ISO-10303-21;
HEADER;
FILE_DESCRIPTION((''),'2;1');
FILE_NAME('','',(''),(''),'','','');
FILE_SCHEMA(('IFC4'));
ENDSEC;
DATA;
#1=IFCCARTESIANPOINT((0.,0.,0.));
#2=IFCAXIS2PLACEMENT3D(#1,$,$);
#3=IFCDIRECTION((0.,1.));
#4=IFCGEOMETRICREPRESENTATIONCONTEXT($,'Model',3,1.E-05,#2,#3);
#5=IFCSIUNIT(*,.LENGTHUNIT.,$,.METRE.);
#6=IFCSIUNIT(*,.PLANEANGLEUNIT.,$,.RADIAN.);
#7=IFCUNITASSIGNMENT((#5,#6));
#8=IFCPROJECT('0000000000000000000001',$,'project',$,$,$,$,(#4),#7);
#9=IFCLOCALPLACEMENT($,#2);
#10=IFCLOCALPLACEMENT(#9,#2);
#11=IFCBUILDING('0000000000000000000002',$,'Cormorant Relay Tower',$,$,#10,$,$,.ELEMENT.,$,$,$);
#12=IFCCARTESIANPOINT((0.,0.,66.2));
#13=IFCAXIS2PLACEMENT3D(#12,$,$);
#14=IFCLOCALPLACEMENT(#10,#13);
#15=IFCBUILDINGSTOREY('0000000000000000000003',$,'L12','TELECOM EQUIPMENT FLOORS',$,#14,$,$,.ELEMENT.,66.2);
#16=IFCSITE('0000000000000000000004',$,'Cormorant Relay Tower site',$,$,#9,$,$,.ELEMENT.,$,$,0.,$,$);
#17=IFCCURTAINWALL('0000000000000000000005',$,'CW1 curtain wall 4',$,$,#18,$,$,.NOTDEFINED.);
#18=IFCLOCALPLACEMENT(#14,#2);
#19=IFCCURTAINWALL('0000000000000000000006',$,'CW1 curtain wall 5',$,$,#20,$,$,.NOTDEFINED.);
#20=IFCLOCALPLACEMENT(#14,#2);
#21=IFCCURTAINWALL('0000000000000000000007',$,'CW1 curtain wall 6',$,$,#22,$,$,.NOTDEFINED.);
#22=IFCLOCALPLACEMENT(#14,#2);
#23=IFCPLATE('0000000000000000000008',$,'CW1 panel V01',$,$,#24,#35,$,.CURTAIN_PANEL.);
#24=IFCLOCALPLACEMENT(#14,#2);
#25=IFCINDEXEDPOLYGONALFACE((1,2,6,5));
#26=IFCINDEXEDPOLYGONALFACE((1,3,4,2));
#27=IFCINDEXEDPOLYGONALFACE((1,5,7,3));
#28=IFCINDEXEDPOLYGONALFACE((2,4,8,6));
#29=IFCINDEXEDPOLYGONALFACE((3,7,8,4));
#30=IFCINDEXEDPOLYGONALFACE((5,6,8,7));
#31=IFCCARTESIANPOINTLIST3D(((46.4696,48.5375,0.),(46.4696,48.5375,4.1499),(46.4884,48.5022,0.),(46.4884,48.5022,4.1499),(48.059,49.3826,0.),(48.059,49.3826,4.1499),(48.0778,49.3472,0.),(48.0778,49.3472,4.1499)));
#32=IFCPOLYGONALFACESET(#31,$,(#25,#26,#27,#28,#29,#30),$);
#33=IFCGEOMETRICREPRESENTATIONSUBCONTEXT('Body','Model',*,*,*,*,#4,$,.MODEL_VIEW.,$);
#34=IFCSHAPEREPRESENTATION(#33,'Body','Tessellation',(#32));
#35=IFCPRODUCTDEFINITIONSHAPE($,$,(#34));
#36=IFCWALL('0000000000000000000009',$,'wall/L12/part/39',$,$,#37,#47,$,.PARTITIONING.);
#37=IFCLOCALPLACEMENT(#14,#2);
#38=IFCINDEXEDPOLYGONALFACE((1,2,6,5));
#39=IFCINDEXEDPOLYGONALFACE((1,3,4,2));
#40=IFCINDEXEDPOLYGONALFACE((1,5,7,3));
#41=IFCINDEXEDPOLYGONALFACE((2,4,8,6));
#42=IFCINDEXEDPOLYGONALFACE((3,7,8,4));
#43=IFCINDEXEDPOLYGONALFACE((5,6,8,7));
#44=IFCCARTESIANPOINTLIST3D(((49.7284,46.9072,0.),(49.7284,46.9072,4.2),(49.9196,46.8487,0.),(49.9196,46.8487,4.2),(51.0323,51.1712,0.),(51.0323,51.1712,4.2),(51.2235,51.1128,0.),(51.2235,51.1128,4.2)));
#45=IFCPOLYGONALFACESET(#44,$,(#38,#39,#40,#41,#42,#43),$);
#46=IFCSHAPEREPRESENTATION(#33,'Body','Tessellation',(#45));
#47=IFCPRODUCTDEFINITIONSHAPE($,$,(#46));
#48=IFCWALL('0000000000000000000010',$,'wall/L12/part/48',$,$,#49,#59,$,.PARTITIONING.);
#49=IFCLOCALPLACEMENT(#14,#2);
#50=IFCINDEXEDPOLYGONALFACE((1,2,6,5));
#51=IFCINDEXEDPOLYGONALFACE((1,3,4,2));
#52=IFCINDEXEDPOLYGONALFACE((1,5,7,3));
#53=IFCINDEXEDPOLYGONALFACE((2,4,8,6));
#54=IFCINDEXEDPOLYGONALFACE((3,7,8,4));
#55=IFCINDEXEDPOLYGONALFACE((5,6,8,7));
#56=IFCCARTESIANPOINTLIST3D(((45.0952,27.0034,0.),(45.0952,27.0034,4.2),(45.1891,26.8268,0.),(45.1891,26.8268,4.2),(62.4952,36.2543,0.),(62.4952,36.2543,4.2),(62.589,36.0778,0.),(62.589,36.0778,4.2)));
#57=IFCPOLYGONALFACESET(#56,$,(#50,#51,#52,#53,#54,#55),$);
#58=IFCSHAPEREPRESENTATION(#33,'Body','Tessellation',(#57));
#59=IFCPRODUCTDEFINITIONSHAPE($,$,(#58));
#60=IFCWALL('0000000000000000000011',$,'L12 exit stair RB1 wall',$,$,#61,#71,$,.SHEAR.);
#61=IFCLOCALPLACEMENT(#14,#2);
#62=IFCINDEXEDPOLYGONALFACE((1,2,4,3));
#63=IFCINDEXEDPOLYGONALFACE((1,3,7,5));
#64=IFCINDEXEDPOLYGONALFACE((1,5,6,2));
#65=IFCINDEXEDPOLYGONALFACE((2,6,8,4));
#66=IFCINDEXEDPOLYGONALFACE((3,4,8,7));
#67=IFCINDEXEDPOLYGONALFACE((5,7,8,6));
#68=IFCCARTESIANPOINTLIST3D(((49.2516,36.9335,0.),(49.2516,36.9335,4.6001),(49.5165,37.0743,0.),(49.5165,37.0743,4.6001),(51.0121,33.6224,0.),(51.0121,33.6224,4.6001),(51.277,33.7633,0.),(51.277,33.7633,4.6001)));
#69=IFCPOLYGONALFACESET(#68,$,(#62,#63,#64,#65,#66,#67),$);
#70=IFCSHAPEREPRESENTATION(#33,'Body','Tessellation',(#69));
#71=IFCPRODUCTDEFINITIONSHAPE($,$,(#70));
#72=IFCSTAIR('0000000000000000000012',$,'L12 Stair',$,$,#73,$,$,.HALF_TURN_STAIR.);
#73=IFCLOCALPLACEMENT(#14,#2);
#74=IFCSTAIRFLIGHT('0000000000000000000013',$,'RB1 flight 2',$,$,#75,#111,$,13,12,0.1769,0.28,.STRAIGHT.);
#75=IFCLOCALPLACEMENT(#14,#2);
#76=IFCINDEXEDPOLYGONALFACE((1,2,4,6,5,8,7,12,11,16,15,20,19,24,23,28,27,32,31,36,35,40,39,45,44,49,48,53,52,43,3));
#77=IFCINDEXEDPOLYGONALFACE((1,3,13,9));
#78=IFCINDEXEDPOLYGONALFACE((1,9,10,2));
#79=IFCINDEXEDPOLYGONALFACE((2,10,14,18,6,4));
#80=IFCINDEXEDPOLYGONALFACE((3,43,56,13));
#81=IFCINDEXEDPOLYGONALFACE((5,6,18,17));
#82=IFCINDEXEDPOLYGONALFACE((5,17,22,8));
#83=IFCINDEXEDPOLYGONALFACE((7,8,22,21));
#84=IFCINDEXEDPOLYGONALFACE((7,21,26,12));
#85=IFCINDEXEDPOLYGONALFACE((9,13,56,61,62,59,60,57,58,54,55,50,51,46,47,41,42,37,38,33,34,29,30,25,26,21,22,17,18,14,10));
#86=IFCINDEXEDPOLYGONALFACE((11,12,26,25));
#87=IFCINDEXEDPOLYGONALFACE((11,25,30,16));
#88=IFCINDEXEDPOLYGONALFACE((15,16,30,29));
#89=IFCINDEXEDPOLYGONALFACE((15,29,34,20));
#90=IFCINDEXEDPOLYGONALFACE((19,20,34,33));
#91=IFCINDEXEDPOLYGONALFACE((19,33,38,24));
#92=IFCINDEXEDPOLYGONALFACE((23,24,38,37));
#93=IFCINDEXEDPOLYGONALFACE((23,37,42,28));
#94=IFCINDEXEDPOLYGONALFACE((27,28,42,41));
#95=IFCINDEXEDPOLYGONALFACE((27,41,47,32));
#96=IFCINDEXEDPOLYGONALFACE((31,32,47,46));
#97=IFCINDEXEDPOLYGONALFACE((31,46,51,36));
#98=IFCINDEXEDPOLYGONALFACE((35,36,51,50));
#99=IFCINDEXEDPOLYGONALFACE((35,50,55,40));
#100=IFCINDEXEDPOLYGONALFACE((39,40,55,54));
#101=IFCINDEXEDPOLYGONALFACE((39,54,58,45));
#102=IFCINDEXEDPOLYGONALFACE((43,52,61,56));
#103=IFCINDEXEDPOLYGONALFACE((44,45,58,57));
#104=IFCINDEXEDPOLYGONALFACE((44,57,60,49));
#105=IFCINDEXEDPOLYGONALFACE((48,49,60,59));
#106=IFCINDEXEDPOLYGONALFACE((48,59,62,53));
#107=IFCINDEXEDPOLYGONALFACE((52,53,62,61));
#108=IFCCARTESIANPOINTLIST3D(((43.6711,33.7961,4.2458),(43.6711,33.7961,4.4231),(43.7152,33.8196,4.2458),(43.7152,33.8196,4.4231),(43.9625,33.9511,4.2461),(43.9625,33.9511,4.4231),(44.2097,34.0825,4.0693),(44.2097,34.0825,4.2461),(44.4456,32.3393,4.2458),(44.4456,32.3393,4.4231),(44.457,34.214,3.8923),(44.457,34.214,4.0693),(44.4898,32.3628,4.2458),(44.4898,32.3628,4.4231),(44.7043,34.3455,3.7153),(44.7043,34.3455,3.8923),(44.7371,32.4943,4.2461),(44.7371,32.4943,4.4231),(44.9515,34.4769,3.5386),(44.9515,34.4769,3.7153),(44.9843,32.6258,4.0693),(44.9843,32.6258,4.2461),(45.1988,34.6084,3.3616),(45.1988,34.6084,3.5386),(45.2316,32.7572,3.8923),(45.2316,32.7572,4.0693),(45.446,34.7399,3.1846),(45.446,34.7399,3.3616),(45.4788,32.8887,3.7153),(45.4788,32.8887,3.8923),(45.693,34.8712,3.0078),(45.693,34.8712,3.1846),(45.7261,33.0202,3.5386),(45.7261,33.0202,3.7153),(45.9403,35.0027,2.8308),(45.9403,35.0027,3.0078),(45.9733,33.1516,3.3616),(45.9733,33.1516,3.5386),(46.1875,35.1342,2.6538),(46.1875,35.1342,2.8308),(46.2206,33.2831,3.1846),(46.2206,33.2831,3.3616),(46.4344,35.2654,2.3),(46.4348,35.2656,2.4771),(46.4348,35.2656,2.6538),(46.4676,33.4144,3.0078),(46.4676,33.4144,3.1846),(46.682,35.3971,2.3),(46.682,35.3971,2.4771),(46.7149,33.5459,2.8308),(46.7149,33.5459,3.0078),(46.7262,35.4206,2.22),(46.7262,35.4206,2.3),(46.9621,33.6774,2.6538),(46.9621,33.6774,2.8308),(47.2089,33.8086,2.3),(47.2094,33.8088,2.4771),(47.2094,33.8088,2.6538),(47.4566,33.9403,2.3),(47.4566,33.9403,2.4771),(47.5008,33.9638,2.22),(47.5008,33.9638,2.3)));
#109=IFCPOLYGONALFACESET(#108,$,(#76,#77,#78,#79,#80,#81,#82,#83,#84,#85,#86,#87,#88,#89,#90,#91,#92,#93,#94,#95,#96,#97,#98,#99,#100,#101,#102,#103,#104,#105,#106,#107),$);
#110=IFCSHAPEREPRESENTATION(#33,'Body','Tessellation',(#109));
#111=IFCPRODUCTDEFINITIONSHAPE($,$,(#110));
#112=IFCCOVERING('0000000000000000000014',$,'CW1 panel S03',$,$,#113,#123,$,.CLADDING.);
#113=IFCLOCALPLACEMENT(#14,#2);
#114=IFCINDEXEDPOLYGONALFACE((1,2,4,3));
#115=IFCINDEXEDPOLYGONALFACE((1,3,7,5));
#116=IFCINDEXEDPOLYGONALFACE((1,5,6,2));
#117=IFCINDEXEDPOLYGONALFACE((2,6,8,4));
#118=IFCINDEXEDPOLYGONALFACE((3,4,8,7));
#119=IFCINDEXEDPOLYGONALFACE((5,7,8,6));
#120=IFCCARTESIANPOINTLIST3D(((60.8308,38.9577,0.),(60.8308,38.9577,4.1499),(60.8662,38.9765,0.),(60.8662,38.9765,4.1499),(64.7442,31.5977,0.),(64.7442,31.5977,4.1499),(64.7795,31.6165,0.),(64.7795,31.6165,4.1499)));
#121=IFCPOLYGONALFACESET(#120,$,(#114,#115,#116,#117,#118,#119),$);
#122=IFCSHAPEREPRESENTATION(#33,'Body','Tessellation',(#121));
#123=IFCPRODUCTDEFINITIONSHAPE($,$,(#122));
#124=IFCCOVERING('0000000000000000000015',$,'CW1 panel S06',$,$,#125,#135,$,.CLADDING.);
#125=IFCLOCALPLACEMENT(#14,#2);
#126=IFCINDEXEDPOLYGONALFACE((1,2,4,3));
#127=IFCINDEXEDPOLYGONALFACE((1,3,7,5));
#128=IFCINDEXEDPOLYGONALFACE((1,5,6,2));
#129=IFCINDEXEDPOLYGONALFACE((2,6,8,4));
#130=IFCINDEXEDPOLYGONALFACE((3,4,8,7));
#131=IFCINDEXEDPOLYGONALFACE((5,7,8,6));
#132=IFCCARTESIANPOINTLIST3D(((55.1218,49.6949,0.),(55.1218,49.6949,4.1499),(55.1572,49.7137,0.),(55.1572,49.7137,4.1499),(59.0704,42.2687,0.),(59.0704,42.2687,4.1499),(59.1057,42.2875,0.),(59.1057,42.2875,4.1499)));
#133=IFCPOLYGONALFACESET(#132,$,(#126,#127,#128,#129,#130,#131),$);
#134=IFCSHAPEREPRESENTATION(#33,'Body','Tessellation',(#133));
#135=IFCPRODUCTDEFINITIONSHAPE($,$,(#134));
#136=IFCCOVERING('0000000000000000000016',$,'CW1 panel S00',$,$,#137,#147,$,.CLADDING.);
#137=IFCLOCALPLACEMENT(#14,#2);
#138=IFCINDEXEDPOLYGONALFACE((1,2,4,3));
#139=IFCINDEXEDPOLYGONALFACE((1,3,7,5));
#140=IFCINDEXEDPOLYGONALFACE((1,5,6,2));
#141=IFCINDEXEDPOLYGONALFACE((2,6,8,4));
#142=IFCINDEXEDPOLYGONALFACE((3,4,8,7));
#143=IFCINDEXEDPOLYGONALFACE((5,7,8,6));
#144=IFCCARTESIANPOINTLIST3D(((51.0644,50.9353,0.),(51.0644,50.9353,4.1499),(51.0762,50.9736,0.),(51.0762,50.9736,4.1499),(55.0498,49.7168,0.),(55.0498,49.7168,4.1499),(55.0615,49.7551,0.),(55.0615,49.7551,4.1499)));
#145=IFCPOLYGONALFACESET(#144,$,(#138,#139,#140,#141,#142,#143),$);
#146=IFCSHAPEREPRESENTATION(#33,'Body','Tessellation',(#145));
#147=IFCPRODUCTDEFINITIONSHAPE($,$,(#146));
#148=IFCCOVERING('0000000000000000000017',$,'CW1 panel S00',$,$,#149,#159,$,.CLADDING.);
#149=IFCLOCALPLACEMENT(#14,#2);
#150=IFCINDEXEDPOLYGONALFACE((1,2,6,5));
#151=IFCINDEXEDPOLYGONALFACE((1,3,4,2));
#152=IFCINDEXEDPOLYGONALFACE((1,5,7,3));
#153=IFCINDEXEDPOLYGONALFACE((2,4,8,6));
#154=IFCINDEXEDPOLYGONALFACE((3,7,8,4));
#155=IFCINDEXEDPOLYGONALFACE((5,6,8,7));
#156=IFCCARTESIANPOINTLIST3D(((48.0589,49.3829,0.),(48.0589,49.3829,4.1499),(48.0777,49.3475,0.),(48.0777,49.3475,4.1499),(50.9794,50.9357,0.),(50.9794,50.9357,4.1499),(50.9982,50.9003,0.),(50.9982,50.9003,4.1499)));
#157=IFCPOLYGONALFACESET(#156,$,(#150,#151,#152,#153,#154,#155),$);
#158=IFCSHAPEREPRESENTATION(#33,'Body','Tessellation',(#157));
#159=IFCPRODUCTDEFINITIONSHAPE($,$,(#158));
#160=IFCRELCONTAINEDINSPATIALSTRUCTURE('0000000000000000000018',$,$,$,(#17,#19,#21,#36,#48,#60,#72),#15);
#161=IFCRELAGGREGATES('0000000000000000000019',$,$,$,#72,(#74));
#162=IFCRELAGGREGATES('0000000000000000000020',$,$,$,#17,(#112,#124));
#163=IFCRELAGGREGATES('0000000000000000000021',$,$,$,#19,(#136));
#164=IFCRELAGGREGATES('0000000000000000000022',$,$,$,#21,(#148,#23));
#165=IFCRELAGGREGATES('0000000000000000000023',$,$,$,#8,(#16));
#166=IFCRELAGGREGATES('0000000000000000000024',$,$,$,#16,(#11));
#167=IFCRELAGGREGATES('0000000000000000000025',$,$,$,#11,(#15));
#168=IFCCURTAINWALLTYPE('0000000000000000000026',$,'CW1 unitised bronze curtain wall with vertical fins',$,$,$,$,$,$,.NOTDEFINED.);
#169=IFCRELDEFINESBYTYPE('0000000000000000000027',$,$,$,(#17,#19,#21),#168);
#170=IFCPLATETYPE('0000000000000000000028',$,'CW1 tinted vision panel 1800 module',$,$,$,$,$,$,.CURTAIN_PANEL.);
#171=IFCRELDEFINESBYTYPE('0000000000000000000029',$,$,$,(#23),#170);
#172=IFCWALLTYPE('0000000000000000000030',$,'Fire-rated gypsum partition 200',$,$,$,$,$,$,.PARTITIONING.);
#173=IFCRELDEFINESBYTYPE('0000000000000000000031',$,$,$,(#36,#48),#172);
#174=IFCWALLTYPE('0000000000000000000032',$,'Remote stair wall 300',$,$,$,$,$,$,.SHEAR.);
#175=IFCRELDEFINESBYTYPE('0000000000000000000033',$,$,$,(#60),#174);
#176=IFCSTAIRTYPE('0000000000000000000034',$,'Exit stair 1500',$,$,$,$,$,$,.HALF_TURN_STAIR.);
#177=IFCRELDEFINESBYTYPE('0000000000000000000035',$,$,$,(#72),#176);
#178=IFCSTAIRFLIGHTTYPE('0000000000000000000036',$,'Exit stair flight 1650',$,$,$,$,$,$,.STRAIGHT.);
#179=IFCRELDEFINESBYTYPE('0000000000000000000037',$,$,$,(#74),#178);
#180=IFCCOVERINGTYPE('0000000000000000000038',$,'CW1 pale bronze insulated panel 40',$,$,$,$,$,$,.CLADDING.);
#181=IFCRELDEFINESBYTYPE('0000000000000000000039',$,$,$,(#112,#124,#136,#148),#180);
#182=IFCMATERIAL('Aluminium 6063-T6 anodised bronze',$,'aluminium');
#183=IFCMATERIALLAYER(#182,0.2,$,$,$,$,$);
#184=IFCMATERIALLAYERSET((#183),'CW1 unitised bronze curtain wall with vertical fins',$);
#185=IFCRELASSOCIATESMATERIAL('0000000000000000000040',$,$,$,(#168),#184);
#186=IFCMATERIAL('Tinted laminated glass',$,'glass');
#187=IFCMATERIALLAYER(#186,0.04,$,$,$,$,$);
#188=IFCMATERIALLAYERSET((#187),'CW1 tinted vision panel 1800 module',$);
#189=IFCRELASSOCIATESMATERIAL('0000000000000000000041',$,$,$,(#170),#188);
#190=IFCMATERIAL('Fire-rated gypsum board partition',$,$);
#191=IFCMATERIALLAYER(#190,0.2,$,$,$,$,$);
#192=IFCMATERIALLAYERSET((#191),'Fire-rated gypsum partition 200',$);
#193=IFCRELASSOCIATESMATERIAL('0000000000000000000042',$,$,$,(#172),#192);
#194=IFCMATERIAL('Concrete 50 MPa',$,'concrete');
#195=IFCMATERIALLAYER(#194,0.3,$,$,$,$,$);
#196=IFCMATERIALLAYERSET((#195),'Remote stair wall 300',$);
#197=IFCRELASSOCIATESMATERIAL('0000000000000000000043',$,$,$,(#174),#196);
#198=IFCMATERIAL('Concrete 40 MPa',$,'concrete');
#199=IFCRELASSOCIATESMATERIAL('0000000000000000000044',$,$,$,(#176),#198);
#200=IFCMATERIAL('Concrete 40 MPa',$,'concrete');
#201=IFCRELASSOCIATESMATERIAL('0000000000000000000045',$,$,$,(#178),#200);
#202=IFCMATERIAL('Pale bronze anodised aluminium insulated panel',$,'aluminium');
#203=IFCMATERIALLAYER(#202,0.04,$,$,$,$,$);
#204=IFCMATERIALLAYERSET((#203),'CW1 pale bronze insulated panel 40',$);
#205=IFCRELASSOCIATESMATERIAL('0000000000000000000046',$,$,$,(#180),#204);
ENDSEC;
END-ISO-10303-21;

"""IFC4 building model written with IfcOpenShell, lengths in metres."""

from ifc_helpers import new_model, si_unit, direction, frame, frame_2d, origin, origin_2d, place, context, subcontext, project, spatial, polyline, rectangle, outline, extrude, material, layer, layer_set, type_object, element, aggregate, save


model = new_model("IFC4")

# Units and contexts
model_context = context("Model", 3, precision=1e-05, world=origin(), true_north=direction((0.0, 1.0)))
body_context = subcontext(model_context, "Body", "Model", "MODEL_VIEW")
ifc_project = project(units=[si_unit("LENGTHUNIT", "METRE"), si_unit("PLANEANGLEUNIT", "RADIAN")], contexts=[model_context])

# Site, building, storey
site_placement = place(None, origin())
site = spatial("IfcSite", under=ifc_project, at=site_placement, Name="Cormorant Relay Tower site", CompositionType="ELEMENT", RefElevation=0.0)
building_placement = place(site_placement, origin())
building = spatial("IfcBuilding", under=site, at=building_placement, Name="Cormorant Relay Tower", CompositionType="ELEMENT")
storey_placement = place(building_placement, frame((0.0, 0.0, 66.2)))
storey = spatial("IfcBuildingStorey", under=building, at=storey_placement, Name="L12", Description="TELECOM EQUIPMENT FLOORS", CompositionType="ELEMENT", Elevation=66.2)

# Curtain wall
ifc_material_1 = material(Name="Aluminium 6063-T6 anodised bronze", Category="aluminium")
ifc_layer_1 = layer(ifc_material_1, 0.2)
ifc_layer_set_1 = layer_set([ifc_layer_1], Name="CW1 unitised bronze curtain wall with vertical fins")
curtain_wall_type = type_object("IfcCurtainWallType", Name="CW1 unitised bronze curtain wall with vertical fins", PredefinedType="NOTDEFINED", material=ifc_layer_set_1)
curtain_wall_1_placement = place(storey_placement, origin())
curtain_wall_1 = element("IfcCurtainWall", 1, at=curtain_wall_1_placement, inside=storey, type_object=curtain_wall_type, Name="CW1 curtain wall 4", PredefinedType="NOTDEFINED")

# Curtain wall
curtain_wall_2_placement = place(storey_placement, origin())
curtain_wall_2 = element("IfcCurtainWall", 2, at=curtain_wall_2_placement, inside=storey, type_object=curtain_wall_type, Name="CW1 curtain wall 5", PredefinedType="NOTDEFINED")

# Curtain wall
curtain_wall_3_placement = place(storey_placement, origin())
curtain_wall_3 = element("IfcCurtainWall", 3, at=curtain_wall_3_placement, inside=storey, type_object=curtain_wall_type, Name="CW1 curtain wall 6", PredefinedType="NOTDEFINED")

# Plate
ifc_material_2 = material(Name="Tinted laminated glass", Category="glass")
ifc_layer_2 = layer(ifc_material_2, 0.04)
ifc_layer_set_2 = layer_set([ifc_layer_2], Name="CW1 tinted vision panel 1800 module")
plate_type = type_object("IfcPlateType", Name="CW1 tinted vision panel 1800 module", PredefinedType="CURTAIN_PANEL", material=ifc_layer_set_2)
plate_1_placement = place(storey_placement, frame((47.2737, 48.9424, 0.0), z_axis=(0.0, 0.0, 1.0), x_axis=(-0.882948, -0.469472, 0.0)))
plate_1 = element("IfcPlate", 4, at=plate_1_placement, type_object=plate_type, Name="CW1 panel V01", PredefinedType="CURTAIN_PANEL", context=body_context, shape_type="SweptSolid", body=[
    extrude(rectangle(XDim=1.8, YDim=0.04, at=origin_2d()), origin(), (0.0, 0.0, 1.0), 4.1499),
])

# Walls
ifc_material_3 = material(Name="Fire-rated gypsum board partition")
ifc_layer_3 = layer(ifc_material_3, 0.2)
ifc_layer_set_3 = layer_set([ifc_layer_3], Name="Fire-rated gypsum partition 200")
wall_type_1 = type_object("IfcWallType", Name="Fire-rated gypsum partition 200", PredefinedType="PARTITIONING", material=ifc_layer_set_3)
wall_1_placement = place(storey_placement, frame((49.824, 46.8779, 0.0), z_axis=(0.0, 0.0, 1.0), x_axis=(0.292427, 0.956288, 0.0)))
element("IfcWall", 5, at=wall_1_placement, inside=storey, type_object=wall_type_1, Name="wall/L12/part/39", PredefinedType="PARTITIONING", context=body_context, shape_type="SweptSolid", body=[
    extrude(rectangle(XDim=4.459, YDim=0.2, at=frame_2d((2.2295, 0.0))), origin(), (0.0, 0.0, 1.0), 4.2),
])
wall_2_placement = place(storey_placement, frame((62.542, 36.166, 0.0), z_axis=(0.0, 0.0, 1.0), x_axis=(-0.882963, -0.469443, 0.0)))
element("IfcWall", 6, at=wall_2_placement, inside=storey, type_object=wall_type_1, Name="wall/L12/part/48", PredefinedType="PARTITIONING", context=body_context, shape_type="SweptSolid", body=[
    extrude(rectangle(XDim=19.7063, YDim=0.2, at=frame_2d((9.853, 0.0))), origin(), (0.0, 0.0, 1.0), 4.2),
])
ifc_material_4 = material(Name="Concrete 50 MPa", Category="concrete")
ifc_layer_4 = layer(ifc_material_4, 0.3)
ifc_layer_set_4 = layer_set([ifc_layer_4], Name="Remote stair wall 300")
wall_type_2 = type_object("IfcWallType", Name="Remote stair wall 300", PredefinedType="SHEAR", material=ifc_layer_set_4)
wall_3_placement = place(storey_placement, frame((49.384, 37.0039, 0.0), z_axis=(0.0, 0.0, 1.0), x_axis=(0.469469, -0.882949, 0.0)))
element("IfcWall", 7, at=wall_3_placement, inside=storey, type_object=wall_type_2, Name="L12 exit stair RB1 wall", PredefinedType="SHEAR", context=body_context, shape_type="SweptSolid", body=[
    extrude(rectangle(XDim=3.75, YDim=0.3, at=frame_2d((1.875, 0.0))), origin(), (0.0, 0.0, 1.0), 4.6001),
])

# Stair, stair flight
ifc_material_5 = material(Name="Concrete 40 MPa", Category="concrete")
stair_type = type_object("IfcStairType", Name="Exit stair 1500", PredefinedType="HALF_TURN_STAIR", material=ifc_material_5)
stair_placement = place(storey_placement, origin())
stair = element("IfcStair", 8, at=stair_placement, inside=storey, type_object=stair_type, Name="L12 Stair", PredefinedType="HALF_TURN_STAIR")
ifc_material_6 = material(Name="Concrete 40 MPa", Category="concrete")
stair_flight_type = type_object("IfcStairFlightType", Name="Exit stair flight 1650", PredefinedType="STRAIGHT", material=ifc_material_6)
stair_flight_placement = place(storey_placement, frame((47.0693, 34.6687, 2.3), z_axis=(0.0, 0.0, 1.0), x_axis=(-0.882948, -0.469472, 0.0)))
stair_flight = element("IfcStairFlight", 9, at=stair_flight_placement, type_object=stair_flight_type, Name="RB1 flight 2", NumberOfRisers=13, NumberOfTreads=12, PredefinedType="STRAIGHT", RiserHeight=0.1769, TreadLength=0.28, context=body_context, shape_type="SweptSolid", body=[
    extrude(outline(polyline([(-0.05, -0.0801), (-0.05, 0.0), (0.0, 0.0), (0.0, 0.177), (0.28, 0.177), (0.28, 0.3538), (0.5601, 0.3538), (0.5601, 0.5308), (0.8401, 0.5308), (0.8401, 0.7078), (1.1201, 0.7078), (1.1201, 0.8845), (1.3999, 0.8845), (1.3999, 1.0615), (1.6799, 1.0615), (1.6799, 1.2385), (1.96, 1.2385), (1.96, 1.4153), (2.24, 1.4153), (2.24, 1.5923), (2.52, 1.5923), (2.52, 1.7693), (2.8, 1.7693), (2.8, 1.946), (3.0801, 1.946), (3.0801, 2.123), (3.3601, 2.123), (3.4102, 2.123), (3.4102, 1.9458), (3.3601, 1.9458), (0.2805, 0.0), (-0.05, -0.0801)])), frame((0.0, 0.825, 0.0), z_axis=(0.0, -1.0, 0.0), x_axis=(1.0, 0.0, 0.0)), (0.0, 0.0, 1.0), 1.6499),
])
aggregate(stair, [stair_flight])

# Coverings
ifc_material_7 = material(Name="Pale bronze anodised aluminium insulated panel", Category="aluminium")
ifc_layer_5 = layer(ifc_material_7, 0.04)
ifc_layer_set_5 = layer_set([ifc_layer_5], Name="CW1 pale bronze insulated panel 40")
covering_type = type_object("IfcCoveringType", Name="CW1 pale bronze insulated panel 40", PredefinedType="CLADDING", material=ifc_layer_set_5)
covering_1_placement = place(storey_placement, frame((62.8052, 35.2871, 0.0), z_axis=(0.0, 0.0, 1.0), x_axis=(-0.469472, 0.882948, 0.0)))
covering_1 = element("IfcCovering", 10, at=covering_1_placement, type_object=covering_type, Name="CW1 panel S03", PredefinedType="CLADDING", context=body_context, shape_type="SweptSolid", body=[
    extrude(rectangle(XDim=8.3357, YDim=0.04, at=origin_2d()), origin(), (0.0, 0.0, 1.0), 4.1499),
])
covering_2_placement = place(storey_placement, frame((57.1138, 45.9912, 0.0), z_axis=(0.0, 0.0, 1.0), x_axis=(-0.469472, 0.882948, 0.0)))
covering_2 = element("IfcCovering", 11, at=covering_2_placement, type_object=covering_type, Name="CW1 panel S06", PredefinedType="CLADDING", context=body_context, shape_type="SweptSolid", body=[
    extrude(rectangle(XDim=8.4106, YDim=0.04, at=origin_2d()), origin(), (0.0, 0.0, 1.0), 4.1499),
])
aggregate(curtain_wall_1, [covering_1, covering_2])
covering_3_placement = place(storey_placement, frame((53.063, 50.3452, 0.0), z_axis=(0.0, 0.0, 1.0), x_axis=(-0.956305, 0.292372, 0.0)))
covering_3 = element("IfcCovering", 12, at=covering_3_placement, type_object=covering_type, Name="CW1 panel S00", PredefinedType="CLADDING", context=body_context, shape_type="SweptSolid", body=[
    extrude(rectangle(XDim=4.1675, YDim=0.04, at=origin_2d()), origin(), (0.0, 0.0, 1.0), 4.1499),
])
aggregate(curtain_wall_2, [covering_3])
covering_4_placement = place(storey_placement, frame((49.5286, 50.1416, 0.0), z_axis=(0.0, 0.0, 1.0), x_axis=(-0.882948, -0.469472, 0.0)))
covering_4 = element("IfcCovering", 13, at=covering_4_placement, type_object=covering_type, Name="CW1 panel S00", PredefinedType="CLADDING", context=body_context, shape_type="SweptSolid", body=[
    extrude(rectangle(XDim=3.3076, YDim=0.04, at=origin_2d()), origin(), (0.0, 0.0, 1.0), 4.1499),
])
aggregate(curtain_wall_3, [covering_4, plate_1])

save(model, "model.ifc")
